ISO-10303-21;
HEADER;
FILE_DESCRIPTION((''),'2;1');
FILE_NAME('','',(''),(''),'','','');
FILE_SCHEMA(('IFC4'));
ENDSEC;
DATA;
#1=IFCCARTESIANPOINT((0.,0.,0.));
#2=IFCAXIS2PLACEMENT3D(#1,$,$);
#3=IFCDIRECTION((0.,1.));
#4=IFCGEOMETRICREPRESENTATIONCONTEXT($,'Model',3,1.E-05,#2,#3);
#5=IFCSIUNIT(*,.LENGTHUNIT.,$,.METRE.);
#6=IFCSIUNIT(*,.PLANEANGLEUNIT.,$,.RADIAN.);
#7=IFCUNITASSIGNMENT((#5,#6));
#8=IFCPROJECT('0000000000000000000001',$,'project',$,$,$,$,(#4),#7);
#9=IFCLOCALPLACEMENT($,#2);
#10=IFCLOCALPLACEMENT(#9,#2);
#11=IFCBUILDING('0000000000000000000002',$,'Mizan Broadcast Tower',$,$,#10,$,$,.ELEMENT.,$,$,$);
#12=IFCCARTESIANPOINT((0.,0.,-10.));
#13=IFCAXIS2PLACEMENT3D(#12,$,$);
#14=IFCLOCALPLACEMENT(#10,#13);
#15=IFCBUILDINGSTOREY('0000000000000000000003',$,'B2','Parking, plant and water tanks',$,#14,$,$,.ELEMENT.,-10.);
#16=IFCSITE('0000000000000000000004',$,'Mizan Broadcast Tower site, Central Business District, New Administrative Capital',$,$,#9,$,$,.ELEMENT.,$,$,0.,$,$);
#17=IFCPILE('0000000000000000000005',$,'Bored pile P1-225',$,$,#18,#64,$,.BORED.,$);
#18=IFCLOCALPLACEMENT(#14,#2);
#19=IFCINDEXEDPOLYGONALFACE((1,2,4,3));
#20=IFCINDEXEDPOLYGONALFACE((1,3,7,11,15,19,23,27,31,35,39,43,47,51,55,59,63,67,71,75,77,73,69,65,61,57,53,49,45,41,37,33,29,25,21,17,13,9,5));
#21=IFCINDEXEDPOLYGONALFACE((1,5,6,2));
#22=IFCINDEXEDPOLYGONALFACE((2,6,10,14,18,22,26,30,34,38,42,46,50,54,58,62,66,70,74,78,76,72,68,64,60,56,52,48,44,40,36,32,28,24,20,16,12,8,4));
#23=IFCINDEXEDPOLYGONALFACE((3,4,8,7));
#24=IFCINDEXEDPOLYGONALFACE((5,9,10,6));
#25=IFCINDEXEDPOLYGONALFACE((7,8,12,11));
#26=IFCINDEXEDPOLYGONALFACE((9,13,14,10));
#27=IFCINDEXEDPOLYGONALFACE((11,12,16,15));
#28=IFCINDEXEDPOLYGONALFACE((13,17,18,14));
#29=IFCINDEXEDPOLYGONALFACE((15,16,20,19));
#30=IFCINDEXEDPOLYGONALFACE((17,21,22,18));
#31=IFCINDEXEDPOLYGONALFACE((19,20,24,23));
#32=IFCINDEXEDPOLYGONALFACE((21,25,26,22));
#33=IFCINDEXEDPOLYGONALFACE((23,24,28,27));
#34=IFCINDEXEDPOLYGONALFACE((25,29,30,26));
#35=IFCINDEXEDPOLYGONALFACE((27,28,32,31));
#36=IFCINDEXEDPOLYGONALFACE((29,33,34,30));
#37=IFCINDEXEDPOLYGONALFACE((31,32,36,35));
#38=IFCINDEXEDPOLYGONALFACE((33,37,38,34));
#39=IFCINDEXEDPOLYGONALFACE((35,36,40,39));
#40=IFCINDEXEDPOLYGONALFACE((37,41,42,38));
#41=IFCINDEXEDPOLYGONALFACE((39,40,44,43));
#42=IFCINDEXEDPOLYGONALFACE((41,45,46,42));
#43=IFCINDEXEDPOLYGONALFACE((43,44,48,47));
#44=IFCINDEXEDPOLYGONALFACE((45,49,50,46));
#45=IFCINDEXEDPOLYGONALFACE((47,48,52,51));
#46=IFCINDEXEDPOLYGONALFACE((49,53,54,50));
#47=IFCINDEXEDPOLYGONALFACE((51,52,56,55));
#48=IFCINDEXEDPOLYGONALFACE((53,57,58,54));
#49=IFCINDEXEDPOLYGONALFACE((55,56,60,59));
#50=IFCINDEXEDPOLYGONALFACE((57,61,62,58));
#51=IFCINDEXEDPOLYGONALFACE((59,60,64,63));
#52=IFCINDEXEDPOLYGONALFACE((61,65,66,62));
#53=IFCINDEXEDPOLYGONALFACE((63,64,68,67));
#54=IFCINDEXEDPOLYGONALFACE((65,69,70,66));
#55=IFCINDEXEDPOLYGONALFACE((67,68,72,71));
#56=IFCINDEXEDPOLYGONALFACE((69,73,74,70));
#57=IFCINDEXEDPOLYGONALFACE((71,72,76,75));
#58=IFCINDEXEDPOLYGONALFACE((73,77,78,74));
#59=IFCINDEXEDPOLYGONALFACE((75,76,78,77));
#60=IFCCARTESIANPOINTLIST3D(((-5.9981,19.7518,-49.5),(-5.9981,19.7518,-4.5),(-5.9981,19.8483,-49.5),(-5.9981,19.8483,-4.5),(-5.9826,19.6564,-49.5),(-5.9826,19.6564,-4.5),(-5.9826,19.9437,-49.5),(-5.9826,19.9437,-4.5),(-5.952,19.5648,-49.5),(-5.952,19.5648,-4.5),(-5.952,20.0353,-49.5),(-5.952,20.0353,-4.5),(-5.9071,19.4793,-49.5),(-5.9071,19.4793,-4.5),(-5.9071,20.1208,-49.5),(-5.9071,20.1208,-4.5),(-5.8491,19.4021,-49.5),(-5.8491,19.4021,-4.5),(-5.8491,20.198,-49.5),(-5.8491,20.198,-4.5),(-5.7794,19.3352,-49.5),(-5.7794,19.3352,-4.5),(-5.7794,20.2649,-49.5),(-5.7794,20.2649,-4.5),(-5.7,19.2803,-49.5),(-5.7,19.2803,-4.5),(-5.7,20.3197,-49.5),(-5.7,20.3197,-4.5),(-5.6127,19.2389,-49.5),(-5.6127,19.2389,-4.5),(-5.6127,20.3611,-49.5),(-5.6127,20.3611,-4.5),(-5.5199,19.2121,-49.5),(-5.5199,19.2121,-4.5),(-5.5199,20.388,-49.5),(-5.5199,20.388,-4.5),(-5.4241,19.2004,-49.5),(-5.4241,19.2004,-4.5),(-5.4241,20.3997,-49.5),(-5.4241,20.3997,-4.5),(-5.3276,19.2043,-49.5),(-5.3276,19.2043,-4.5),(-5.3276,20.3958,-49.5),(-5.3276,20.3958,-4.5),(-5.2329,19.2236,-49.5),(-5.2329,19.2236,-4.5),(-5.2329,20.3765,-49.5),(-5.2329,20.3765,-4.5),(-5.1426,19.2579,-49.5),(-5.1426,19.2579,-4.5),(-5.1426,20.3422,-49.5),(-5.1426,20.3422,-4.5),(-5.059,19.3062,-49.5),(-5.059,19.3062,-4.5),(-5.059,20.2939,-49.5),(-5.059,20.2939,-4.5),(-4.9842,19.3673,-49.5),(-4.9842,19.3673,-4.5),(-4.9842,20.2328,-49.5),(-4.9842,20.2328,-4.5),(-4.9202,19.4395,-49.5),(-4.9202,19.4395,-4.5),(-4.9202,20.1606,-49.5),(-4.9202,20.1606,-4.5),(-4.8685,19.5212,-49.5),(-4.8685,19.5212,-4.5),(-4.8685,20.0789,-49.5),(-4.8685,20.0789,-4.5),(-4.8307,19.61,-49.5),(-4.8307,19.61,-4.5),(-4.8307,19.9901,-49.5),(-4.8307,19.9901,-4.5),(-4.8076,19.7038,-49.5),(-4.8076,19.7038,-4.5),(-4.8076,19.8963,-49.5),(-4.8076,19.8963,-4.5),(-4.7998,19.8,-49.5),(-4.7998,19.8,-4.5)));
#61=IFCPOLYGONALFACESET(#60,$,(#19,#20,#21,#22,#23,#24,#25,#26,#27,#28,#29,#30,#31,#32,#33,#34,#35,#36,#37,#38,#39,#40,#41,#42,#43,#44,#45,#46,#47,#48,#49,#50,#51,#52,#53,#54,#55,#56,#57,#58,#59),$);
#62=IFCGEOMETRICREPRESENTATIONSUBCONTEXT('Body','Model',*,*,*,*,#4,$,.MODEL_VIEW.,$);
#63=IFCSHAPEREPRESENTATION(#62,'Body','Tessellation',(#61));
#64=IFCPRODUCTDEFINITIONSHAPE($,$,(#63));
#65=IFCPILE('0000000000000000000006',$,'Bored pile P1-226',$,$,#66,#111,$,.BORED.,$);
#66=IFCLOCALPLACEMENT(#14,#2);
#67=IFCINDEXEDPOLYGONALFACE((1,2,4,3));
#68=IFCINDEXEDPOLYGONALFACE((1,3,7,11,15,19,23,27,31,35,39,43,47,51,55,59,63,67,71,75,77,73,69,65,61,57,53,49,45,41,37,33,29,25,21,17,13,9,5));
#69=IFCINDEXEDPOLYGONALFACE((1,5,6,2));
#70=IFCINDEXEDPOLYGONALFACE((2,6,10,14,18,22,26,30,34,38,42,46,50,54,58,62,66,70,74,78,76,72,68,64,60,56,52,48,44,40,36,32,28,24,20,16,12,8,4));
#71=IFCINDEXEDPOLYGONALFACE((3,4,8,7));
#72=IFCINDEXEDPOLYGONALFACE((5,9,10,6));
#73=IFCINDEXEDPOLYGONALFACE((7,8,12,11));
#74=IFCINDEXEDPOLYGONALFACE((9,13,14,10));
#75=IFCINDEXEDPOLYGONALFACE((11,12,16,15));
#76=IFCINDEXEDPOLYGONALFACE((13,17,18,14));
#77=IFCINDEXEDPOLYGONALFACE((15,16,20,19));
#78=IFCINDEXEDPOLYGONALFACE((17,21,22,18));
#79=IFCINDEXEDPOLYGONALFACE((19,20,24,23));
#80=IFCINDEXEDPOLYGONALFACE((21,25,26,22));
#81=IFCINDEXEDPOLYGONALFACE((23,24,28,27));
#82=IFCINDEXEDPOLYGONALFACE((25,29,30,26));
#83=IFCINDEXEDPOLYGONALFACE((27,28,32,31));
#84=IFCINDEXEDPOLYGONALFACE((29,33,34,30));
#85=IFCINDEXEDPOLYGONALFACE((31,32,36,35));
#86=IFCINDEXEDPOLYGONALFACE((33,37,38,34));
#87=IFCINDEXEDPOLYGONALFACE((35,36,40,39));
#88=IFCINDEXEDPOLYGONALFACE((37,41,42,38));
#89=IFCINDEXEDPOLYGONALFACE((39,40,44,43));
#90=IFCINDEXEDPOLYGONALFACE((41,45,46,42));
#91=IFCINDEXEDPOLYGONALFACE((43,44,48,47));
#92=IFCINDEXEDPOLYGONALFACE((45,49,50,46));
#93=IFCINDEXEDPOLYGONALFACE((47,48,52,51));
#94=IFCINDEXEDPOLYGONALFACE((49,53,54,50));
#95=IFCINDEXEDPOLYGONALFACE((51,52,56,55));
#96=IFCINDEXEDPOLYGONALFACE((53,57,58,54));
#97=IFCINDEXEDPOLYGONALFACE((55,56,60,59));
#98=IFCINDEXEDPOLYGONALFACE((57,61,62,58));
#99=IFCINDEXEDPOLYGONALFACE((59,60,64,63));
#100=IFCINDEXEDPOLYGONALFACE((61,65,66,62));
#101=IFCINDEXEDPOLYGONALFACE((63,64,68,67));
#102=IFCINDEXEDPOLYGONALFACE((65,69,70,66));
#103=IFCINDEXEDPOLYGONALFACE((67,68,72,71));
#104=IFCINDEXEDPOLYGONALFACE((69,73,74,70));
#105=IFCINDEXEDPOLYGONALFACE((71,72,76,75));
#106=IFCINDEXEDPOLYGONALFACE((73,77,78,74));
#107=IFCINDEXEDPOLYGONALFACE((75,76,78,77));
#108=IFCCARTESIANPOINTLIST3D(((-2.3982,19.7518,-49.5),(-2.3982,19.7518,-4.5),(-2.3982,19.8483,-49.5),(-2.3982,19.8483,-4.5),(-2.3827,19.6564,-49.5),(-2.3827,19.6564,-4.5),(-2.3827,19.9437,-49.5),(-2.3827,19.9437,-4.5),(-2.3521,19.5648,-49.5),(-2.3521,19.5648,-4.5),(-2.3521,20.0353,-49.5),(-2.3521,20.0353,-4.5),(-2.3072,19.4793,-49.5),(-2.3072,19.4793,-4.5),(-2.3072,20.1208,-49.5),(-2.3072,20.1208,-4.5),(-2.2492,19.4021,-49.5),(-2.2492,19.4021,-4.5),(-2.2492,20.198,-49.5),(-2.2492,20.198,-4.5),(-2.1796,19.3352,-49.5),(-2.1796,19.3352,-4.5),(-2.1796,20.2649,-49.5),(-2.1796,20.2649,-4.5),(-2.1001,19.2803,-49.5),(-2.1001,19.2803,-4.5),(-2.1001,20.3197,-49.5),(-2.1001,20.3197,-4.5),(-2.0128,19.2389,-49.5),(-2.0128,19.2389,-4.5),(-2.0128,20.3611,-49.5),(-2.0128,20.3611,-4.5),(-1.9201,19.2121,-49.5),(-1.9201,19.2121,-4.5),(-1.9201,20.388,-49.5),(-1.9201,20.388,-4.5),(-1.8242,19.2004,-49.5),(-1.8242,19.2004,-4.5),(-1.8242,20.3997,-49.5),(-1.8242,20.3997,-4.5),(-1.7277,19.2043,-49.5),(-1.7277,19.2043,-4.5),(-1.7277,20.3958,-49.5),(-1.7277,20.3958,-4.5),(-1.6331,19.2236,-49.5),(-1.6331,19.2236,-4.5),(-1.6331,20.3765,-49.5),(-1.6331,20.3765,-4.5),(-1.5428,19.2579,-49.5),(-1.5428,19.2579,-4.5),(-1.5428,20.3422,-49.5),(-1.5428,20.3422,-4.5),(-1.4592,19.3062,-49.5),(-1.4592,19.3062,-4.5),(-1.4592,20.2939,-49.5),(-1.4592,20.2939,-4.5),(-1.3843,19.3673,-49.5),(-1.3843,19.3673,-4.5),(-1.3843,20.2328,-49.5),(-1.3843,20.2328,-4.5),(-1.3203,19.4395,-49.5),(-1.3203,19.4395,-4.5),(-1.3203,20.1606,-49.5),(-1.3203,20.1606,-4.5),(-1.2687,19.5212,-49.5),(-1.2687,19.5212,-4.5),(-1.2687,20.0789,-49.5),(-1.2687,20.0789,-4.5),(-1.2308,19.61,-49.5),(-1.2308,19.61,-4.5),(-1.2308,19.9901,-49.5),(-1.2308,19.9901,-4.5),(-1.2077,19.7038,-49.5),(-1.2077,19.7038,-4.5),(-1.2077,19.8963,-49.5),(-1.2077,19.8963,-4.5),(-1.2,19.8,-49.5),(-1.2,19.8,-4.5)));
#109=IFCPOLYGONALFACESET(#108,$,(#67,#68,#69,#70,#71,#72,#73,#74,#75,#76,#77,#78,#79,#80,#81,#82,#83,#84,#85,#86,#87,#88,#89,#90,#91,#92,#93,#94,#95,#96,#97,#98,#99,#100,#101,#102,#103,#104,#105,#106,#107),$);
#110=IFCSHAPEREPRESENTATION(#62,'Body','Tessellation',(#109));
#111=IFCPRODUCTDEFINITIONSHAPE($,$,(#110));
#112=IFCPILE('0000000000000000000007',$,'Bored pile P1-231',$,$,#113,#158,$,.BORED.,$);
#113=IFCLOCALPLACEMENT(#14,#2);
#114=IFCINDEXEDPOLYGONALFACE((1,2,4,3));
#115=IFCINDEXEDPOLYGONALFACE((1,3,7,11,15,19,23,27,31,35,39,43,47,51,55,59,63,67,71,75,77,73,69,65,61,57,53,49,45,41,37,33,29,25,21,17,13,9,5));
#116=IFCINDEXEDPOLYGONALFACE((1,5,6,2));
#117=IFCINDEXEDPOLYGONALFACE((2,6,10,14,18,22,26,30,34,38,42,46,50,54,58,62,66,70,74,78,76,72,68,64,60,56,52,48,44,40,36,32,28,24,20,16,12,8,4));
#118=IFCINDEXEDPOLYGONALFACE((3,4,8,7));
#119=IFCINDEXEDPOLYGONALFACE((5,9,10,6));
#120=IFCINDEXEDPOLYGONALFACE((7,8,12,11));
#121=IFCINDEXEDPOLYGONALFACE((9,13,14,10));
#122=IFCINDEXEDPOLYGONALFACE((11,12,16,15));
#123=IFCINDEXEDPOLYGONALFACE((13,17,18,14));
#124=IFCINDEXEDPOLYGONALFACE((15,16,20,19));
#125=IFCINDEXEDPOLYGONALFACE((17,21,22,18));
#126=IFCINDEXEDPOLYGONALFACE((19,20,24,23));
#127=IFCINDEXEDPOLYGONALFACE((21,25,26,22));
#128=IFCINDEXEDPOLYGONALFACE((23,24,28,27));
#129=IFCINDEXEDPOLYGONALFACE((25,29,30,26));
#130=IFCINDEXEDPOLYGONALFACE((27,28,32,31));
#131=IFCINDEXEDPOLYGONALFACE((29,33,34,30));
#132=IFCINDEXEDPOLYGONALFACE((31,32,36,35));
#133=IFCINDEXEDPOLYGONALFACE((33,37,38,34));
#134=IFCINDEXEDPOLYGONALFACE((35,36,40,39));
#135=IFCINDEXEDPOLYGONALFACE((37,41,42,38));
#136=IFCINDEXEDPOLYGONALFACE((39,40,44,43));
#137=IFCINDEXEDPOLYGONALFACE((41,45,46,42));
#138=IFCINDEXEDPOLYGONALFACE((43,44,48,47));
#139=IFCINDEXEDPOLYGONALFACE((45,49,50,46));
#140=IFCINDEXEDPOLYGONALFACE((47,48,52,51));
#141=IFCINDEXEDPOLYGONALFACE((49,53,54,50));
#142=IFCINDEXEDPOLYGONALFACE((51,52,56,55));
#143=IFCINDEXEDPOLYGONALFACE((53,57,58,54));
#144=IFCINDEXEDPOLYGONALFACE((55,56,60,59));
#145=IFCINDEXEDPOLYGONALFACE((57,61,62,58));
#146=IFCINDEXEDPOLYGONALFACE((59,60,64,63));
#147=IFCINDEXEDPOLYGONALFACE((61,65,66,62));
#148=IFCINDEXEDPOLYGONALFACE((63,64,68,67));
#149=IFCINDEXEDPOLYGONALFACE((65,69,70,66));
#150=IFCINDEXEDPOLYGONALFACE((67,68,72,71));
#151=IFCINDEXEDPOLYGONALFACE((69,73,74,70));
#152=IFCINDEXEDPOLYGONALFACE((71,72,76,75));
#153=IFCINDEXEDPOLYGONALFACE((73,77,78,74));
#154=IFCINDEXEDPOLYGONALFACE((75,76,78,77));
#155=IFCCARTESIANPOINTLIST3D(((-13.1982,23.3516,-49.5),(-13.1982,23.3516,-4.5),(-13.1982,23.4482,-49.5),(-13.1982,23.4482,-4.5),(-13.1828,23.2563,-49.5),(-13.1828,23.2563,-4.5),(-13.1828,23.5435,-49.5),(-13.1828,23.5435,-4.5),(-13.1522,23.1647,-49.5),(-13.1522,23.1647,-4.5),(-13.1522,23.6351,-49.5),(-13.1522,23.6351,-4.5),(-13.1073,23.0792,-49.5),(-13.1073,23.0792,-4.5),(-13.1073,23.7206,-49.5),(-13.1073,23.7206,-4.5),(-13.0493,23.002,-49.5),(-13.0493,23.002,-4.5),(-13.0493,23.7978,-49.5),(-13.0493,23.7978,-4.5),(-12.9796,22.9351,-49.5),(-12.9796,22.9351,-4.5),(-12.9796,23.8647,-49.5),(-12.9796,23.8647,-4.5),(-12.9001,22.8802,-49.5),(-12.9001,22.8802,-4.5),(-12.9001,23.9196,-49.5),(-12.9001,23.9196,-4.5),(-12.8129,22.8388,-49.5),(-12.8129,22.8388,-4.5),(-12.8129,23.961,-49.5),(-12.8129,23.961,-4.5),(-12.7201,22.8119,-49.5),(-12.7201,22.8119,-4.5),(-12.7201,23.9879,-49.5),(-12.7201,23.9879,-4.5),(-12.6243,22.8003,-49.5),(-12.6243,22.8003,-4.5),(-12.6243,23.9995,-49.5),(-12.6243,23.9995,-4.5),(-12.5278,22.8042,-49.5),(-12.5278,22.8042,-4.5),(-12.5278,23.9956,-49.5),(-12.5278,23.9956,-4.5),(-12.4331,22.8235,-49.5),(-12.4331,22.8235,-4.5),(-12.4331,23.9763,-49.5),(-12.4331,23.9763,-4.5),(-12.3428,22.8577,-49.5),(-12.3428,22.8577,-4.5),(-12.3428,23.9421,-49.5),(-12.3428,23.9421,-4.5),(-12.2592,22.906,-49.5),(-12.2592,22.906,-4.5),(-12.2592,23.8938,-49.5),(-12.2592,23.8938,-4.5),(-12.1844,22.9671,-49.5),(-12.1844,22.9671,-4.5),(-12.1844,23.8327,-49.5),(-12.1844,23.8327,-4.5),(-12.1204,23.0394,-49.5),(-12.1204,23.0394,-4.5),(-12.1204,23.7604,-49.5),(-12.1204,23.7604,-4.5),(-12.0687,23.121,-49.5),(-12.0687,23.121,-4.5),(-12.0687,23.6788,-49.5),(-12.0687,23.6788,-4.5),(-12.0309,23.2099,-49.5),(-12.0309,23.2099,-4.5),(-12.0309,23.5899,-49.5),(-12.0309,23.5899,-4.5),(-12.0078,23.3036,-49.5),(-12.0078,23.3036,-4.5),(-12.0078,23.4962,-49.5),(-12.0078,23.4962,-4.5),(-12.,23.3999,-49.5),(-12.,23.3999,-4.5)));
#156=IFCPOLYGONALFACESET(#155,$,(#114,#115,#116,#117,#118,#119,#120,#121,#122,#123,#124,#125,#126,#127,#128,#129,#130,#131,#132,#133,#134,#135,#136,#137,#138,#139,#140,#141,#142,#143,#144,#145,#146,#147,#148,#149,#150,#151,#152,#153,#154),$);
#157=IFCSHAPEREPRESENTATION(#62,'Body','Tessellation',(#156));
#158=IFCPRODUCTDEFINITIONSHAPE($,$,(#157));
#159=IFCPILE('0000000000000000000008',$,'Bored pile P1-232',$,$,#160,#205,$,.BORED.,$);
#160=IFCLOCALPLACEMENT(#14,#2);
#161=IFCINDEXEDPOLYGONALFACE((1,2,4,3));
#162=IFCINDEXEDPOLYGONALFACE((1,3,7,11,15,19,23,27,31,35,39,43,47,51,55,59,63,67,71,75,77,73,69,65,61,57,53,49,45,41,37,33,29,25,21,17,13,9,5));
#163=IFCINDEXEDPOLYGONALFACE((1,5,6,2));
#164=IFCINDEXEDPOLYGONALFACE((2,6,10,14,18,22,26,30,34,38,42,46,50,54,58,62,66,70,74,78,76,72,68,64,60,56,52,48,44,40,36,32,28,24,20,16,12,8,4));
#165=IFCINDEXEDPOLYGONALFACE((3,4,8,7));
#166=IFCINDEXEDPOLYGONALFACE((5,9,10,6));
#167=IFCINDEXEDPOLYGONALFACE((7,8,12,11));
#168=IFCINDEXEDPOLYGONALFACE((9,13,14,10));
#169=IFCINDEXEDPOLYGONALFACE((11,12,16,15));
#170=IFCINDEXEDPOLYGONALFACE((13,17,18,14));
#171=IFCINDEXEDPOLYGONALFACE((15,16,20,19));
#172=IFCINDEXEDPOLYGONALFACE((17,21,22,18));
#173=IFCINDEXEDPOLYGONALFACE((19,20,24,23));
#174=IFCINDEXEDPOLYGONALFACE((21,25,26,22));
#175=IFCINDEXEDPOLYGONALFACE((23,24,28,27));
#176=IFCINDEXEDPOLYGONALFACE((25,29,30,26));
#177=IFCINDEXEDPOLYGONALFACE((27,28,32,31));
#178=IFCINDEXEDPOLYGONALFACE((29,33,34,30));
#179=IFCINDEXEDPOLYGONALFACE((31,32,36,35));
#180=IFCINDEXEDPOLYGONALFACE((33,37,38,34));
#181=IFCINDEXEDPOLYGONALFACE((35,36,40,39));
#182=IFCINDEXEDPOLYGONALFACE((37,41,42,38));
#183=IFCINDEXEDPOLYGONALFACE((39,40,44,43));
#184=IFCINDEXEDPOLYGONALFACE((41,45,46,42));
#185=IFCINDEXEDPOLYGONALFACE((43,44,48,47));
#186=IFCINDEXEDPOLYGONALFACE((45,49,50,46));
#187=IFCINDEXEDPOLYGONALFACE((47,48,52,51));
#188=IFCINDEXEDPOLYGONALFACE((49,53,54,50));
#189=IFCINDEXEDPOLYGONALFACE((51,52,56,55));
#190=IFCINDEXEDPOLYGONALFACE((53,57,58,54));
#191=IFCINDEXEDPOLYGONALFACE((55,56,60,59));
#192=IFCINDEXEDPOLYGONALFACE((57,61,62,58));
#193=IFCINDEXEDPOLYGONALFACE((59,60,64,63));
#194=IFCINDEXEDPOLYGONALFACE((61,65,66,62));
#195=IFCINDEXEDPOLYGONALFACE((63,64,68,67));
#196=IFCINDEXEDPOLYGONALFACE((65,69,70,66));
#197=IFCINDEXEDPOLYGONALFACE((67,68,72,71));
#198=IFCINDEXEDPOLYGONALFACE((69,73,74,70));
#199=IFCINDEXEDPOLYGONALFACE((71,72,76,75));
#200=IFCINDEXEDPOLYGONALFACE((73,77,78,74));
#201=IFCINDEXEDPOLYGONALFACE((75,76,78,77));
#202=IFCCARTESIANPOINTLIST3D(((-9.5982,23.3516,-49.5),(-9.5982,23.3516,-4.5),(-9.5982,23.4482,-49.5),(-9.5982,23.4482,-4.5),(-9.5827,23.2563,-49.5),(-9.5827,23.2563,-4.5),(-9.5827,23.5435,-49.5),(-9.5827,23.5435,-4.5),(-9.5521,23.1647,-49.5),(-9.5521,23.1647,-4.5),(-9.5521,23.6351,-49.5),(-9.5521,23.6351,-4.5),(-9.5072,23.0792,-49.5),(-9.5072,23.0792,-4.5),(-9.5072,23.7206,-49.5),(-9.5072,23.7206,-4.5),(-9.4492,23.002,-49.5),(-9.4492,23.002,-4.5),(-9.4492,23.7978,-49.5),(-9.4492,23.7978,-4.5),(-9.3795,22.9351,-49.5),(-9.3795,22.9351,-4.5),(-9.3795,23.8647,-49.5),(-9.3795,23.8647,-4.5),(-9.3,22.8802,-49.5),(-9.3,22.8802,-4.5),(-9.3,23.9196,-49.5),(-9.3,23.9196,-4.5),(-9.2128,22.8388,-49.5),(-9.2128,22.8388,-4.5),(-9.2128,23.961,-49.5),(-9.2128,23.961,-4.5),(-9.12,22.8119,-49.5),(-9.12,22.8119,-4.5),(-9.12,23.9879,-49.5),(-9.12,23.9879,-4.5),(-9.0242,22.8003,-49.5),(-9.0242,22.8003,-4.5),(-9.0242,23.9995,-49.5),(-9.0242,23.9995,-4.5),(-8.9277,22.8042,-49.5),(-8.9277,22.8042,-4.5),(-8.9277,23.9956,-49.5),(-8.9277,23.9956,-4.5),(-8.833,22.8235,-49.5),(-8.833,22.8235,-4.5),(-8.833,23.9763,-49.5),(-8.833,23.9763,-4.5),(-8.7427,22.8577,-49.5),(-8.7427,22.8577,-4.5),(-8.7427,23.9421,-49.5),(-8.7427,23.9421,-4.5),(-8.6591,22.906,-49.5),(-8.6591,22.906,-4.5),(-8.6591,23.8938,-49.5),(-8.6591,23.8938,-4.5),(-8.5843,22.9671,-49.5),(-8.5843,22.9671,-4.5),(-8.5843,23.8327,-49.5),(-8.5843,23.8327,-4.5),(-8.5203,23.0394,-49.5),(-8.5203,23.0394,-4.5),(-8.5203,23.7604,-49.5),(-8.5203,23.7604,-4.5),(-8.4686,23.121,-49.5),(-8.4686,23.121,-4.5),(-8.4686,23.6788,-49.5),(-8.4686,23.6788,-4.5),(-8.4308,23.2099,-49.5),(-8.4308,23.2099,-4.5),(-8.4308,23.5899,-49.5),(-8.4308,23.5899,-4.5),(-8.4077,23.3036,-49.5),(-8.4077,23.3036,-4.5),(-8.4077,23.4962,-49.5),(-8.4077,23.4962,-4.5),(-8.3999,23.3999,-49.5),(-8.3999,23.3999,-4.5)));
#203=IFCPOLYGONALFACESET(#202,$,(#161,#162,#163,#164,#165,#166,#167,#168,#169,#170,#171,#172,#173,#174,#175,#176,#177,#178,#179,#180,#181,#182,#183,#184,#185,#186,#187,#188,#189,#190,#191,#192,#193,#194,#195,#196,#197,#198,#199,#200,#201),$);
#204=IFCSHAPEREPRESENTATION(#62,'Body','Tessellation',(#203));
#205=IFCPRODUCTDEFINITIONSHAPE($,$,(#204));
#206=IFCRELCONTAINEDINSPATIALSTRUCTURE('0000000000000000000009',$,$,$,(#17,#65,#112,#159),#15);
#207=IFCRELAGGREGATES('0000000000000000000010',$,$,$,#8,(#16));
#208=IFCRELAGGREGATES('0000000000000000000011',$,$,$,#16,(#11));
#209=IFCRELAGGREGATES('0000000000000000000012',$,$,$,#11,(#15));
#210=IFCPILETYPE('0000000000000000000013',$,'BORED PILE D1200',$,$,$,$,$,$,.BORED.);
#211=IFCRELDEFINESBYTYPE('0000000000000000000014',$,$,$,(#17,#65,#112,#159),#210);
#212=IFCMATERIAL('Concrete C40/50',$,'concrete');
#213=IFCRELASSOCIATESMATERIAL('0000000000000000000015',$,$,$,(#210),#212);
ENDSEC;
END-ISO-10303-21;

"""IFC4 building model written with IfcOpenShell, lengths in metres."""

from ifc_helpers import new_model, si_unit, direction, frame, origin, origin_2d, place, context, subcontext, project, spatial, circle, extrude, material, material_profile, profile_set, type_object, element, save


model = new_model("IFC4")

# Units and contexts
model_context = context("Model", 3, precision=1e-05, world=origin(), true_north=direction((0.0, 1.0)))
body_context = subcontext(model_context, "Body", "Model", "MODEL_VIEW")
ifc_project = project(units=[si_unit("LENGTHUNIT", "METRE"), si_unit("PLANEANGLEUNIT", "RADIAN")], contexts=[model_context])

# Site, building, storey
site_placement = place(None, origin())
site = spatial("IfcSite", under=ifc_project, at=site_placement, Name="Mizan Broadcast Tower site, Central Business District, New Administrative Capital", CompositionType="ELEMENT", RefElevation=0.0)
building_placement = place(site_placement, origin())
building = spatial("IfcBuilding", under=site, at=building_placement, Name="Mizan Broadcast Tower", CompositionType="ELEMENT")
storey_placement = place(building_placement, frame((0.0, 0.0, -10.0)))
storey = spatial("IfcBuildingStorey", under=building, at=storey_placement, Name="B2", Description="Parking, plant and water tanks", CompositionType="ELEMENT", Elevation=-10.0)

# Piles
ifc_material_1 = material(Name="Concrete C40/50", Category="concrete")
ifc_material_profile_1 = material_profile(ifc_material_1, circle(Radius=0.6001, at=origin_2d()), Name="D1200")
ifc_profile_set_1 = profile_set([ifc_material_profile_1], Name="Concrete C40/50")
pile_type_1 = type_object("IfcPileType", Name="BORED PILE D1200", PredefinedType="BORED", material=ifc_profile_set_1)
for number, where, z_axis, x_axis, name in (
    (1, (-5.3999, 19.8, -4.5), (0.0, 0.0, -1.0), (1.0, 0.0, 0.0), "Bored pile P1-225"),
    (2, (-1.8, 19.8, -4.5), (0.0, 0.0, -1.0), (1.0, 0.0, 0.0), "Bored pile P1-226"),
    (3, (-12.6001, 23.3999, -4.5), (0.0, 0.0, -1.0), (1.0, 0.0, 0.0), "Bored pile P1-231"),
    (4, (-9.0, 23.3999, -4.5), (0.0, 0.0, -1.0), (1.0, 0.0, 0.0), "Bored pile P1-232"),
):
    element("IfcPile", number, at=place(storey_placement, frame(where, z_axis=z_axis, x_axis=x_axis)), inside=storey, type_object=pile_type_1, Name=name, PredefinedType="BORED", context=body_context, shape_type="SweptSolid", body=[
        extrude(circle(Radius=0.6001, at=origin_2d()), origin(), (0.0, 0.0, 1.0), 45.0),
    ])

save(model, "model.ifc")
